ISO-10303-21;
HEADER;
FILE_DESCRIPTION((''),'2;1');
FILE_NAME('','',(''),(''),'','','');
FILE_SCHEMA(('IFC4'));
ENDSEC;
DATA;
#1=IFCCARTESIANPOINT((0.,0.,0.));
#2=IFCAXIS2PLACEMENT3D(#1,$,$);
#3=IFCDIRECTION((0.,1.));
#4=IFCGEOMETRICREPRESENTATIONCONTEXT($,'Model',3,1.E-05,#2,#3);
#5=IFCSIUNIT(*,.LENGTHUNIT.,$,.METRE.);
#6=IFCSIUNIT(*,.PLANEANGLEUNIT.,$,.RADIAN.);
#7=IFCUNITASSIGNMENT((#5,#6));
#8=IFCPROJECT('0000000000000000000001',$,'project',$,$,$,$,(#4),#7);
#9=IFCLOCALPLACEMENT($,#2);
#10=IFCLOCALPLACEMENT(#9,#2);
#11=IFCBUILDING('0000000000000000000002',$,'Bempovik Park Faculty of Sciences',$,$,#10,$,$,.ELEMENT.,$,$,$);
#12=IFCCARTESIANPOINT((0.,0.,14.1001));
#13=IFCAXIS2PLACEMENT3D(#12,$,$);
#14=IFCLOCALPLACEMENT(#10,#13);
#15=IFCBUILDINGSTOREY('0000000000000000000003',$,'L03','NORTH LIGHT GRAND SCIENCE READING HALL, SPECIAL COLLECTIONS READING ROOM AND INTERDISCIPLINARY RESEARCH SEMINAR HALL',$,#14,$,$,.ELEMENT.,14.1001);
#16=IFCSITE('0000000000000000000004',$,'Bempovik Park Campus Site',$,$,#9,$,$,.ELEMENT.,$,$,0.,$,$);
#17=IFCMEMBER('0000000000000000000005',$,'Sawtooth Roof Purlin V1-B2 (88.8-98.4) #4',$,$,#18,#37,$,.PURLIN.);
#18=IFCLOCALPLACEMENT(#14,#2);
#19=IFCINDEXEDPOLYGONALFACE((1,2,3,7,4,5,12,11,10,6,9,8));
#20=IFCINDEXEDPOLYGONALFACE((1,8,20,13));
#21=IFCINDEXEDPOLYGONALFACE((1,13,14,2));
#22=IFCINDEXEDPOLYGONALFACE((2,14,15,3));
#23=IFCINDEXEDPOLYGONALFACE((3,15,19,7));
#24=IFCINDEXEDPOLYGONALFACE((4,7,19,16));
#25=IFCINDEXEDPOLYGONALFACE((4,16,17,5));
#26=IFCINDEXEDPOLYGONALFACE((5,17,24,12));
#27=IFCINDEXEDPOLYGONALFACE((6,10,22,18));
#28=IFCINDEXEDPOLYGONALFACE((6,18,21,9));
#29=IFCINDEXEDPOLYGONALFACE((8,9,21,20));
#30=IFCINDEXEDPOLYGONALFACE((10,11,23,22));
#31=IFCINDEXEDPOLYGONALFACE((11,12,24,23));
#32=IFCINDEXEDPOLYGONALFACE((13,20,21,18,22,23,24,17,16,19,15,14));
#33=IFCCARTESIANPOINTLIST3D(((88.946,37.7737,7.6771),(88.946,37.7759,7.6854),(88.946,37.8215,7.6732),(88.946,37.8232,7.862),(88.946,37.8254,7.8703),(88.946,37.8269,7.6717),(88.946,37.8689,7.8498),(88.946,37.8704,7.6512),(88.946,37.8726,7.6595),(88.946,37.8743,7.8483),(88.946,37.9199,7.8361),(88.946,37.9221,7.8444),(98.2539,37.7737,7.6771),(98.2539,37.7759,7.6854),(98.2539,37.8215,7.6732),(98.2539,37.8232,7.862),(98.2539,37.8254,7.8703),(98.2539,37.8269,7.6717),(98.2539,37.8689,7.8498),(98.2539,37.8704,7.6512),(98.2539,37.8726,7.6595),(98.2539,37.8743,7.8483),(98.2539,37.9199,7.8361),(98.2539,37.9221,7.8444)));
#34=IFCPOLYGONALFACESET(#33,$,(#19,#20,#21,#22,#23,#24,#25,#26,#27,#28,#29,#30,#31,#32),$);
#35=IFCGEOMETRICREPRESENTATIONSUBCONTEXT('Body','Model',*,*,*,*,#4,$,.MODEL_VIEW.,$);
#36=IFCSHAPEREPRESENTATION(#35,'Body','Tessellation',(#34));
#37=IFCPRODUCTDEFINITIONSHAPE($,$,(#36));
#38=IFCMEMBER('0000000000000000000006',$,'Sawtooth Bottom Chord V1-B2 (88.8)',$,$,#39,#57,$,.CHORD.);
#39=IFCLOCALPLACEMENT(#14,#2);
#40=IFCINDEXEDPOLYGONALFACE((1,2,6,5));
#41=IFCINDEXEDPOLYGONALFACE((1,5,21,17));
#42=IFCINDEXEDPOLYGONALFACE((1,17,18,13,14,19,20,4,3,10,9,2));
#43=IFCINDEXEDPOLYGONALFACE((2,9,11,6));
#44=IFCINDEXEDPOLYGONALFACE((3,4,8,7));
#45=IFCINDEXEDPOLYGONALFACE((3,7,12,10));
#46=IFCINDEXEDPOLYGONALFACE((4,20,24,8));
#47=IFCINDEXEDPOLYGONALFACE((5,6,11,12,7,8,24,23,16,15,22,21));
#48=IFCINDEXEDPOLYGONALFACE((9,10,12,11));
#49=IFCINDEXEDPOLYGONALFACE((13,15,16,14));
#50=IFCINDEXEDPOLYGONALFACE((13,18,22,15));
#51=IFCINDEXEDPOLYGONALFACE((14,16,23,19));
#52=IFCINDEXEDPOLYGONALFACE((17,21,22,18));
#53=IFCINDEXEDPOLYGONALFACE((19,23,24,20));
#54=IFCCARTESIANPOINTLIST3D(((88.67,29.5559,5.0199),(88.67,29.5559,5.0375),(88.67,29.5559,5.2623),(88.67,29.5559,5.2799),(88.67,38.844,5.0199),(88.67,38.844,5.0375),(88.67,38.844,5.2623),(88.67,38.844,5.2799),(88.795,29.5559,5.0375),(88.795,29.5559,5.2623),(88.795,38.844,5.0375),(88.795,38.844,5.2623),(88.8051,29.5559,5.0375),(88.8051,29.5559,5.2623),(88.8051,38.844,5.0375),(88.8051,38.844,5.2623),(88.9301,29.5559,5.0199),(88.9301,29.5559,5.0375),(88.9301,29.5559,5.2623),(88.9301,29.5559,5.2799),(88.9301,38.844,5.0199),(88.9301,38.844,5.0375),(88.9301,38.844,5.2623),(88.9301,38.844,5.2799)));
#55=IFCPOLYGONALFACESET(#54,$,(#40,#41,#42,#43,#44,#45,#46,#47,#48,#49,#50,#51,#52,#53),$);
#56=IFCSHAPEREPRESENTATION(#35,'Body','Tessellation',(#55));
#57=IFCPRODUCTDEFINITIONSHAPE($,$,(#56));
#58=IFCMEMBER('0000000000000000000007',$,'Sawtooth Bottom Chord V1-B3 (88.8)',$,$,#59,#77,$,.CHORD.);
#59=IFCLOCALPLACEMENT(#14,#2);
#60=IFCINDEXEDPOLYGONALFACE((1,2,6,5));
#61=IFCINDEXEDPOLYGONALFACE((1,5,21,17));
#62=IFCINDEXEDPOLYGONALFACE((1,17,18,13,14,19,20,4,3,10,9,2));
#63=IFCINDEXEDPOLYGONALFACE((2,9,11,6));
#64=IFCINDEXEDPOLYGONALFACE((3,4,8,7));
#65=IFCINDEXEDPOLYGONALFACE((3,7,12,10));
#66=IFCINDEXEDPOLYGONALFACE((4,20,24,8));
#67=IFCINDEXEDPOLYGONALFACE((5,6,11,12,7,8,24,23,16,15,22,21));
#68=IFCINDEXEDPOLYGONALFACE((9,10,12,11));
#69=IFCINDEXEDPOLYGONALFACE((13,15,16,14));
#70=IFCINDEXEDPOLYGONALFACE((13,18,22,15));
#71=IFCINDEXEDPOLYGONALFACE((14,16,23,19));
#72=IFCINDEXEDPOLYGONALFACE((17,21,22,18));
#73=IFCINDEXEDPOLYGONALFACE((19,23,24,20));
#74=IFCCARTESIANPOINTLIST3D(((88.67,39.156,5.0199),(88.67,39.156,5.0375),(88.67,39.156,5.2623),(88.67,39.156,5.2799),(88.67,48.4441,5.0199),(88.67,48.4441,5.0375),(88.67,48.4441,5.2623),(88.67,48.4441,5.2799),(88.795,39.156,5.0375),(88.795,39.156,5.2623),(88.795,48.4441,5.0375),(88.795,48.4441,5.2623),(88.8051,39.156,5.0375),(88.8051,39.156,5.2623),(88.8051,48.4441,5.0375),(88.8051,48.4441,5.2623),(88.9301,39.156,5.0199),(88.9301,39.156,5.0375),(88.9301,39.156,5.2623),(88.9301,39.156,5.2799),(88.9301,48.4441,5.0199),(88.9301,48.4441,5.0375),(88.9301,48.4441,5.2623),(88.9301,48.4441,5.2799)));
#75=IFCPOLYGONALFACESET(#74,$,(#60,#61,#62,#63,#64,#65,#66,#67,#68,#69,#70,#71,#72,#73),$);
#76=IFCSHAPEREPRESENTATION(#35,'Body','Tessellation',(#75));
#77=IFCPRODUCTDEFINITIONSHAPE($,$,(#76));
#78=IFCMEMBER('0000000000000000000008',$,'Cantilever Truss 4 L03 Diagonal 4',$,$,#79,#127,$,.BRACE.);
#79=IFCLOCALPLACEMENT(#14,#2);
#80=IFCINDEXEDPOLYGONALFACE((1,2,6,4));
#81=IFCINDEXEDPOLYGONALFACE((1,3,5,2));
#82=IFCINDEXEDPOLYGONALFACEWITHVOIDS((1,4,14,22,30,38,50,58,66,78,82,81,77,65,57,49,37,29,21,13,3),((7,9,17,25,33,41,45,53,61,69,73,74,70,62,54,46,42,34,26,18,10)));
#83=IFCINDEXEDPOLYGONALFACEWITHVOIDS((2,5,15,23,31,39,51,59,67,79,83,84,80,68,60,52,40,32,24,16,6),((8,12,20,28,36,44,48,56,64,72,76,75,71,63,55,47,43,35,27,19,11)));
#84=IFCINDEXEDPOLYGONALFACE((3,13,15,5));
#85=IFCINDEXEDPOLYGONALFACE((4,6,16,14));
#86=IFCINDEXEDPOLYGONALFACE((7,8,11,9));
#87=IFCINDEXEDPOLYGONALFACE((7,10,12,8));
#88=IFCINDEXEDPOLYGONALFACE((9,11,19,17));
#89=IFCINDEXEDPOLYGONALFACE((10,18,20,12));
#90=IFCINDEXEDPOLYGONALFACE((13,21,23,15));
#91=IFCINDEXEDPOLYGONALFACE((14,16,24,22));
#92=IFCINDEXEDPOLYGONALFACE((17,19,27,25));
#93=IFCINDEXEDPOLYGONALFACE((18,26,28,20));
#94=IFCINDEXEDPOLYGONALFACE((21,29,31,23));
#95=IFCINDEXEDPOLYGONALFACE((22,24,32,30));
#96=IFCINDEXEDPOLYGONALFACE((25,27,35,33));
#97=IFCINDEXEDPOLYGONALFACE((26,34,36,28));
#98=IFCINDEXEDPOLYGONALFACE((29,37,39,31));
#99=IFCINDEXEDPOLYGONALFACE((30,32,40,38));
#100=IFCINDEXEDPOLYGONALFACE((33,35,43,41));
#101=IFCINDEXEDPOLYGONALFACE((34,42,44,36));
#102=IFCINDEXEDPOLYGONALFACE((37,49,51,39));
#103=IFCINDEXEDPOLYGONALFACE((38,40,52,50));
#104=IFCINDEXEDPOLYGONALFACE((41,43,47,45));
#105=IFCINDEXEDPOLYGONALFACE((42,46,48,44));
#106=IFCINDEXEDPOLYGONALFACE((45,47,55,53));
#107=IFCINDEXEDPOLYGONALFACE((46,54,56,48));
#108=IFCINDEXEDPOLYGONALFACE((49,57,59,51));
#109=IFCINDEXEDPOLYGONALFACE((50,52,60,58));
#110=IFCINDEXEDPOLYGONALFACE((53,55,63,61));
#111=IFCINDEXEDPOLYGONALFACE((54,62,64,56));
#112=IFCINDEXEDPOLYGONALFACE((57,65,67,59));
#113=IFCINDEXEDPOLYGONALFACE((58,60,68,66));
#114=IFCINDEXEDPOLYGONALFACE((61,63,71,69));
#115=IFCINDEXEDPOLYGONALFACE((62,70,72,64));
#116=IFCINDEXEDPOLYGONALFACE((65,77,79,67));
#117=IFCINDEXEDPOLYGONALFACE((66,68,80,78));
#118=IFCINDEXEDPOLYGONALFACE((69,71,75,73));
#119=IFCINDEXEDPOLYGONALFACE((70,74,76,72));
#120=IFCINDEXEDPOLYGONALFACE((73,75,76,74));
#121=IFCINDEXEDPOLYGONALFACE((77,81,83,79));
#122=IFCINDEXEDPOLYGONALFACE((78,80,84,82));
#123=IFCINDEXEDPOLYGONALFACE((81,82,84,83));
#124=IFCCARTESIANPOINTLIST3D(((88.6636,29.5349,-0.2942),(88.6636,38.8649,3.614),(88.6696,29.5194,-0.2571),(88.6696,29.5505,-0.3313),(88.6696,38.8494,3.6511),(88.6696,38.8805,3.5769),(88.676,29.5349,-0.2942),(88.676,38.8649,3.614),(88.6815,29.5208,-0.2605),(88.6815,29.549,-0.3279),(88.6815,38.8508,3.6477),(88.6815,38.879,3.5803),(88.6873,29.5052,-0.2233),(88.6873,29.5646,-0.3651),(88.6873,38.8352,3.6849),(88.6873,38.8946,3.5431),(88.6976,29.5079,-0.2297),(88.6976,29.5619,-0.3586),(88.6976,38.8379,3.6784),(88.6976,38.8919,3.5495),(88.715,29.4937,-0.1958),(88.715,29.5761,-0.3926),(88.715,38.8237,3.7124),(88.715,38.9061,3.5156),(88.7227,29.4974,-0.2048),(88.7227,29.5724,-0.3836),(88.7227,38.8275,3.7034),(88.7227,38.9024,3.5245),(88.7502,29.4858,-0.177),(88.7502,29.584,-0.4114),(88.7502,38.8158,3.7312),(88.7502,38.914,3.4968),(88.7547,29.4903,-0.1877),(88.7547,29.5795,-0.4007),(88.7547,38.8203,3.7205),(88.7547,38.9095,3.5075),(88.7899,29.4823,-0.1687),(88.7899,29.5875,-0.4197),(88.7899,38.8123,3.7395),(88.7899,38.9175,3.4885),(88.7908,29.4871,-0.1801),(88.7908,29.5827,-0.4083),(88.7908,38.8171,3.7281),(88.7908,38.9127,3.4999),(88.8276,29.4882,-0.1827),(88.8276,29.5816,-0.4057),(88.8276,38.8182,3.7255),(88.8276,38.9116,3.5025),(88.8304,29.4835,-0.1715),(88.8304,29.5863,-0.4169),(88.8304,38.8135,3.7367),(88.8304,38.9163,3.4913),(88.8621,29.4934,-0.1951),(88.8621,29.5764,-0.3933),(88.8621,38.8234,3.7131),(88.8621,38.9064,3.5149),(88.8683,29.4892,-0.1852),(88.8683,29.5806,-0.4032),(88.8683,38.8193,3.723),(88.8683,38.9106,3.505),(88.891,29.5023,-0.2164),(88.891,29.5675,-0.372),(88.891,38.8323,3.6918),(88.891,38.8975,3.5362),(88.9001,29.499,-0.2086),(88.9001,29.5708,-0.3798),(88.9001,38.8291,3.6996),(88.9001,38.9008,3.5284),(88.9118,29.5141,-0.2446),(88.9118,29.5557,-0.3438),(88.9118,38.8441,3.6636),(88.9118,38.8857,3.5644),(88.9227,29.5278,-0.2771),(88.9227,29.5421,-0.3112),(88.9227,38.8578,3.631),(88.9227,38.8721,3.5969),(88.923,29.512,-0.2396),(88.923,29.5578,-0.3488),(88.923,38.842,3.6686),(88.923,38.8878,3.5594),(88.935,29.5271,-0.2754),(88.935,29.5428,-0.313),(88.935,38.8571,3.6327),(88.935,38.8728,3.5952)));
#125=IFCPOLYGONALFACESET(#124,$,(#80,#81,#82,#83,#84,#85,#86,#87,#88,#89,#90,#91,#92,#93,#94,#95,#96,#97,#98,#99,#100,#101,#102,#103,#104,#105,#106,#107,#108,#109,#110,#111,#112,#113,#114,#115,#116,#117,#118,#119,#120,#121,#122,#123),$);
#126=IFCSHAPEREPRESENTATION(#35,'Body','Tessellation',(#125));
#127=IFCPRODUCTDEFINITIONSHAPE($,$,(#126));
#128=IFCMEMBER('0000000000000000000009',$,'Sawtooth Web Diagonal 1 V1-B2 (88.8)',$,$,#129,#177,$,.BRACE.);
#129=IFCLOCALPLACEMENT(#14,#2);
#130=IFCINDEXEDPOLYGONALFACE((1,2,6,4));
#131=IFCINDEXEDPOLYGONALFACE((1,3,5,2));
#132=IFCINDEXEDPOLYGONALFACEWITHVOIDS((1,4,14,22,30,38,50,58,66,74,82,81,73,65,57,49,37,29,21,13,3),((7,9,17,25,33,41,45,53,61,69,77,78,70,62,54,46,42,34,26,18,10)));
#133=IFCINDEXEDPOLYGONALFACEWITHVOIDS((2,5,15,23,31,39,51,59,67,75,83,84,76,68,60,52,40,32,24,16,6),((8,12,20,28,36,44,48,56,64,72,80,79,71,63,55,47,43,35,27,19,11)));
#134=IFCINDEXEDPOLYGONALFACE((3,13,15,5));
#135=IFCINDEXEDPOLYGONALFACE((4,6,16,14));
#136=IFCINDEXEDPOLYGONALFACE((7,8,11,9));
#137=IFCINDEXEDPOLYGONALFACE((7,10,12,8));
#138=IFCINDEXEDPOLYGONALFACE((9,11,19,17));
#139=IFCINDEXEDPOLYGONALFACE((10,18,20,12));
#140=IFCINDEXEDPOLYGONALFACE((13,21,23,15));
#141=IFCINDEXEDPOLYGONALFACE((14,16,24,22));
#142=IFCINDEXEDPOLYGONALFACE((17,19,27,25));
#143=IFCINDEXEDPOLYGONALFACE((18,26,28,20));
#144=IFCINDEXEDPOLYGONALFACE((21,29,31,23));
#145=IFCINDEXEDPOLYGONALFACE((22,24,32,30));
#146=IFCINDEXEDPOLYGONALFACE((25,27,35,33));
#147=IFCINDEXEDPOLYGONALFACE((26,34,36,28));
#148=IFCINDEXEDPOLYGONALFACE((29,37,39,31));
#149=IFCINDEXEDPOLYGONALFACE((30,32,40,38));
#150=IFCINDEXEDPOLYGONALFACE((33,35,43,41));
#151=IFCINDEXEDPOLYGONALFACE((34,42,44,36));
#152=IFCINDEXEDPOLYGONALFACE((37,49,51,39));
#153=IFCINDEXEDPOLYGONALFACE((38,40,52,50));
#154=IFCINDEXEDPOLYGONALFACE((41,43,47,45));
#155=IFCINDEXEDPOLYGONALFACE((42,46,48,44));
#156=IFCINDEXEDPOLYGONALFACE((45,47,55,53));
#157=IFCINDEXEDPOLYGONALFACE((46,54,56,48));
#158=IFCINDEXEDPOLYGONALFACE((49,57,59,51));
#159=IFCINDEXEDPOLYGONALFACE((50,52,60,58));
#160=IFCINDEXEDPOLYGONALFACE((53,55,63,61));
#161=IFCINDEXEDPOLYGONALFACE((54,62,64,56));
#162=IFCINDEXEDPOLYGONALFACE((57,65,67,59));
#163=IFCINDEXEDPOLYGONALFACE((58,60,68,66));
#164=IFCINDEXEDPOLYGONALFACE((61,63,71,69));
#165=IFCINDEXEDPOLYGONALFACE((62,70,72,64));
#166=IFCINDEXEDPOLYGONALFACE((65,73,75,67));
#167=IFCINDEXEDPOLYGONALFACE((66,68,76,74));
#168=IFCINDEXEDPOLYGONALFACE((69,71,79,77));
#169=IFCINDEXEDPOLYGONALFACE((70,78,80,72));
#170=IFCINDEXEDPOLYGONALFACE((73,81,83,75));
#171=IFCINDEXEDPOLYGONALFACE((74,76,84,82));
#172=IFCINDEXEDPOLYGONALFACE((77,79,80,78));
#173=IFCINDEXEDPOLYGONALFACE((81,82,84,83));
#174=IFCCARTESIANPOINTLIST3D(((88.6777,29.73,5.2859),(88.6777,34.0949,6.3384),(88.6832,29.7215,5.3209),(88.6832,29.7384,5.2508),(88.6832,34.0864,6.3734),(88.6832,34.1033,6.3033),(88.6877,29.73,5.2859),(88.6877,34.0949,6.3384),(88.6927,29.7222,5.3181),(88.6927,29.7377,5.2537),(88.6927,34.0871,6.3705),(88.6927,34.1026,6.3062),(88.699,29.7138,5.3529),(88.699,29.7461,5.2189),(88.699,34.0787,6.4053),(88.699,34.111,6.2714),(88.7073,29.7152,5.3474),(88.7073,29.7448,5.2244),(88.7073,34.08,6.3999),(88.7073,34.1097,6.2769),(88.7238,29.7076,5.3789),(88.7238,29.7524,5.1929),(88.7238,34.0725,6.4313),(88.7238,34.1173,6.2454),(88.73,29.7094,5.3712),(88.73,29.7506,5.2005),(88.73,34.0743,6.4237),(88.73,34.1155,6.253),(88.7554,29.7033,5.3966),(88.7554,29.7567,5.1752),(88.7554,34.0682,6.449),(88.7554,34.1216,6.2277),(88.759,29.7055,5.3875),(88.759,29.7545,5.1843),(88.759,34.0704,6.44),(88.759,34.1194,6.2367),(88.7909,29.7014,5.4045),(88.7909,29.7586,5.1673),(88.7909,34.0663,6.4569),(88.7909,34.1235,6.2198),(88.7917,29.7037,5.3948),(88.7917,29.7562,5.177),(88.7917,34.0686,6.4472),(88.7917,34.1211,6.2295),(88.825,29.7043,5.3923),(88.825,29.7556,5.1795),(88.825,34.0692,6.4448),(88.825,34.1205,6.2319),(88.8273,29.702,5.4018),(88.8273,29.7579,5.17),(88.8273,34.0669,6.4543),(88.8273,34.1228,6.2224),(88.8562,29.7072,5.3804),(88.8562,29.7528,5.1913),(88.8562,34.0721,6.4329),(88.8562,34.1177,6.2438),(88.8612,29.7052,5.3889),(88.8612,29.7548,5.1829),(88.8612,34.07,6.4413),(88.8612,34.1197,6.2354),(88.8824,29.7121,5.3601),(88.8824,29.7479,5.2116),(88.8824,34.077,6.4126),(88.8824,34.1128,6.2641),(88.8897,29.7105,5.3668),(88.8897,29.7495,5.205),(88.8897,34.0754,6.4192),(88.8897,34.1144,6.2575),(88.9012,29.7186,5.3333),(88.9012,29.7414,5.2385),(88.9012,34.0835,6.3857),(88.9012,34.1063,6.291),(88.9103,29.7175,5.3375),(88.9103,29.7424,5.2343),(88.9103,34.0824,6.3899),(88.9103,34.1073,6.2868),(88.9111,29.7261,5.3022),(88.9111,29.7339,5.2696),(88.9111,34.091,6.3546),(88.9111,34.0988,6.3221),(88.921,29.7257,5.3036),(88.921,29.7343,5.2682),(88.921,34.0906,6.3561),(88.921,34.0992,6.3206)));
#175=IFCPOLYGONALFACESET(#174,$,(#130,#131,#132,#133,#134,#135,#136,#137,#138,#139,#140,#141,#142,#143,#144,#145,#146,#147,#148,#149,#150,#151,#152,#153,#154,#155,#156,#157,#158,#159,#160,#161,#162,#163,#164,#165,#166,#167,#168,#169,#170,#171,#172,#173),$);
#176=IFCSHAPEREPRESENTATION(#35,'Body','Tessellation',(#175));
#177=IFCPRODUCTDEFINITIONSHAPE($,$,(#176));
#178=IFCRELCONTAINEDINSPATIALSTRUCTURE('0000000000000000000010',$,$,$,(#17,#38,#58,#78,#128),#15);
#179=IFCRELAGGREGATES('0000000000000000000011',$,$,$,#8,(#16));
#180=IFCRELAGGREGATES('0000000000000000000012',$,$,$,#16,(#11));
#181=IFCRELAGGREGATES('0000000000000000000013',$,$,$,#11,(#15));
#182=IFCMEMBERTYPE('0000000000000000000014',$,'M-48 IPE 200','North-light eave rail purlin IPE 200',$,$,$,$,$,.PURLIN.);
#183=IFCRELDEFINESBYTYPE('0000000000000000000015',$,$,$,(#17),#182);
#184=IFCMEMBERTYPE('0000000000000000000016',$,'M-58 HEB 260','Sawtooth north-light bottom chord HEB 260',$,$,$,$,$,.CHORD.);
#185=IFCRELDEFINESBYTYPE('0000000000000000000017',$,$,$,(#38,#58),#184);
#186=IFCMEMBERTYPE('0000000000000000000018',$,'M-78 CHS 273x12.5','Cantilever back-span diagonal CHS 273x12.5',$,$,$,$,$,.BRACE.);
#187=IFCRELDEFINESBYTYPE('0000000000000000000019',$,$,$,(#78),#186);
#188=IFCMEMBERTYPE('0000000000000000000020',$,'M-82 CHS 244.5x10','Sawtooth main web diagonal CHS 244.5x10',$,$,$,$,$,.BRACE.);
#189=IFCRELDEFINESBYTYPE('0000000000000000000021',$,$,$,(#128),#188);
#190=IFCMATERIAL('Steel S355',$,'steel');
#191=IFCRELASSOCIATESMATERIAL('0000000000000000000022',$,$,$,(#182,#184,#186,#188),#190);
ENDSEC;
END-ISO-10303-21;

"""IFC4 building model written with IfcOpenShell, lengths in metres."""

from ifc_helpers import new_model, si_unit, direction, frame, origin, origin_2d, place, context, subcontext, project, spatial, hollow_circle, i_section, extrude, material, material_profile, profile_set, type_object, element, save


model = new_model("IFC4")

# Units and contexts
model_context = context("Model", 3, precision=1e-05, world=origin(), true_north=direction((0.0, 1.0)))
body_context = subcontext(model_context, "Body", "Model", "MODEL_VIEW")
ifc_project = project(units=[si_unit("LENGTHUNIT", "METRE"), si_unit("PLANEANGLEUNIT", "RADIAN")], contexts=[model_context])

# Site, building, storey
site_placement = place(None, origin())
site = spatial("IfcSite", under=ifc_project, at=site_placement, Name="Bempovik Park Campus Site", CompositionType="ELEMENT", RefElevation=0.0)
building_placement = place(site_placement, origin())
building = spatial("IfcBuilding", under=site, at=building_placement, Name="Bempovik Park Faculty of Sciences", CompositionType="ELEMENT")
storey_placement = place(building_placement, frame((0.0, 0.0, 14.1001)))
storey = spatial("IfcBuildingStorey", under=building, at=storey_placement, Name="L03", Description="NORTH LIGHT GRAND SCIENCE READING HALL, SPECIAL COLLECTIONS READING ROOM AND INTERDISCIPLINARY RESEARCH SEMINAR HALL", CompositionType="ELEMENT", Elevation=14.1001)

# Shared definitions
ifc_material_1 = material(Name="Steel S355", Category="steel")

# Members
ifc_material_profile_1 = material_profile(ifc_material_1, i_section(OverallWidth=0.1001, OverallDepth=0.2, WebThickness=0.0056, FlangeThickness=0.0085, at=origin_2d()), Name="IPE 200")
ifc_profile_set_1 = profile_set([ifc_material_profile_1], Name="Steel S355")
member_type_1 = type_object("IfcMemberType", Name="M-48 IPE 200", Description="North-light eave rail purlin IPE 200", PredefinedType="PURLIN", material=ifc_profile_set_1)
member_1_placement = place(storey_placement, frame((88.946, 37.8479, 7.7607), z_axis=(1.0, 0.0, 0.0), x_axis=(0.0, 0.965926, -0.258819)))
element("IfcMember", 1, at=member_1_placement, inside=storey, type_object=member_type_1, Name="Sawtooth Roof Purlin V1-B2 (88.8-98.4) #4", PredefinedType="PURLIN", context=body_context, shape_type="SweptSolid", body=[
    extrude(i_section(OverallWidth=0.1001, OverallDepth=0.2, WebThickness=0.0056, FlangeThickness=0.0085, at=origin_2d()), origin(), (0.0, 0.0, 1.0), 9.3079),
])
ifc_material_profile_2 = material_profile(ifc_material_1, i_section(OverallWidth=0.26, OverallDepth=0.26, WebThickness=0.01, FlangeThickness=0.0176, at=origin_2d()), Name="HEB 260")
ifc_profile_set_2 = profile_set([ifc_material_profile_2], Name="Steel S355")
member_type_2 = type_object("IfcMemberType", Name="M-58 HEB 260", Description="Sawtooth north-light bottom chord HEB 260", PredefinedType="CHORD", material=ifc_profile_set_2)
for number, where, z_axis, x_axis, name in (
    (2, (88.8, 29.5559, 5.1499), (0.0, 1.0, 0.0), (-1.0, 0.0, 0.0), "Sawtooth Bottom Chord V1-B2 (88.8)"),
    (3, (88.8, 39.156, 5.1499), (0.0, 1.0, 0.0), (-1.0, 0.0, 0.0), "Sawtooth Bottom Chord V1-B3 (88.8)"),
):
    element("IfcMember", number, at=place(storey_placement, frame(where, z_axis=z_axis, x_axis=x_axis)), inside=storey, type_object=member_type_2, Name=name, PredefinedType="CHORD", context=body_context, shape_type="SweptSolid", body=[
        extrude(i_section(OverallWidth=0.26, OverallDepth=0.26, WebThickness=0.01, FlangeThickness=0.0176, at=origin_2d()), origin(), (0.0, 0.0, 1.0), 9.2881),
    ])
ifc_material_profile_3 = material_profile(ifc_material_1, hollow_circle(Radius=0.1365, WallThickness=0.0125, at=origin_2d()), Name="CHS 273x12.5")
ifc_profile_set_3 = profile_set([ifc_material_profile_3], Name="Steel S355")
member_type_3 = type_object("IfcMemberType", Name="M-78 CHS 273x12.5", Description="Cantilever back-span diagonal CHS 273x12.5", PredefinedType="BRACE", material=ifc_profile_set_3)
member_2_placement = place(storey_placement, frame((88.8, 29.5349, -0.2942), z_axis=(0.0, 0.92235, 0.386356), x_axis=(-1.0, 0.0, 0.0)))
element("IfcMember", 4, at=member_2_placement, inside=storey, type_object=member_type_3, Name="Cantilever Truss 4 L03 Diagonal 4", PredefinedType="BRACE", context=body_context, shape_type="SweptSolid", body=[
    extrude(hollow_circle(Radius=0.1365, WallThickness=0.0125, at=origin_2d()), origin(), (0.0, 0.0, 1.0), 10.1155),
])
ifc_material_profile_4 = material_profile(ifc_material_1, hollow_circle(Radius=0.1223, WallThickness=0.01, at=origin_2d()), Name="CHS 244.5x10")
ifc_profile_set_4 = profile_set([ifc_material_profile_4], Name="Steel S355")
member_type_4 = type_object("IfcMemberType", Name="M-82 CHS 244.5x10", Description="Sawtooth main web diagonal CHS 244.5x10", PredefinedType="BRACE", material=ifc_profile_set_4)
for number, where, z_axis, x_axis, name in (
    (5, (88.8, 29.73, 5.2859), (0.0, 0.972139, 0.234403), (-1.0, 0.0, 0.0), "Sawtooth Web Diagonal 1 V1-B2 (88.8)"),
):
    element("IfcMember", number, at=place(storey_placement, frame(where, z_axis=z_axis, x_axis=x_axis)), inside=storey, type_object=member_type_4, Name=name, PredefinedType="BRACE", context=body_context, shape_type="SweptSolid", body=[
        extrude(hollow_circle(Radius=0.1223, WallThickness=0.01, at=origin_2d()), origin(), (0.0, 0.0, 1.0), 4.49),
    ])

save(model, "model.ifc")
